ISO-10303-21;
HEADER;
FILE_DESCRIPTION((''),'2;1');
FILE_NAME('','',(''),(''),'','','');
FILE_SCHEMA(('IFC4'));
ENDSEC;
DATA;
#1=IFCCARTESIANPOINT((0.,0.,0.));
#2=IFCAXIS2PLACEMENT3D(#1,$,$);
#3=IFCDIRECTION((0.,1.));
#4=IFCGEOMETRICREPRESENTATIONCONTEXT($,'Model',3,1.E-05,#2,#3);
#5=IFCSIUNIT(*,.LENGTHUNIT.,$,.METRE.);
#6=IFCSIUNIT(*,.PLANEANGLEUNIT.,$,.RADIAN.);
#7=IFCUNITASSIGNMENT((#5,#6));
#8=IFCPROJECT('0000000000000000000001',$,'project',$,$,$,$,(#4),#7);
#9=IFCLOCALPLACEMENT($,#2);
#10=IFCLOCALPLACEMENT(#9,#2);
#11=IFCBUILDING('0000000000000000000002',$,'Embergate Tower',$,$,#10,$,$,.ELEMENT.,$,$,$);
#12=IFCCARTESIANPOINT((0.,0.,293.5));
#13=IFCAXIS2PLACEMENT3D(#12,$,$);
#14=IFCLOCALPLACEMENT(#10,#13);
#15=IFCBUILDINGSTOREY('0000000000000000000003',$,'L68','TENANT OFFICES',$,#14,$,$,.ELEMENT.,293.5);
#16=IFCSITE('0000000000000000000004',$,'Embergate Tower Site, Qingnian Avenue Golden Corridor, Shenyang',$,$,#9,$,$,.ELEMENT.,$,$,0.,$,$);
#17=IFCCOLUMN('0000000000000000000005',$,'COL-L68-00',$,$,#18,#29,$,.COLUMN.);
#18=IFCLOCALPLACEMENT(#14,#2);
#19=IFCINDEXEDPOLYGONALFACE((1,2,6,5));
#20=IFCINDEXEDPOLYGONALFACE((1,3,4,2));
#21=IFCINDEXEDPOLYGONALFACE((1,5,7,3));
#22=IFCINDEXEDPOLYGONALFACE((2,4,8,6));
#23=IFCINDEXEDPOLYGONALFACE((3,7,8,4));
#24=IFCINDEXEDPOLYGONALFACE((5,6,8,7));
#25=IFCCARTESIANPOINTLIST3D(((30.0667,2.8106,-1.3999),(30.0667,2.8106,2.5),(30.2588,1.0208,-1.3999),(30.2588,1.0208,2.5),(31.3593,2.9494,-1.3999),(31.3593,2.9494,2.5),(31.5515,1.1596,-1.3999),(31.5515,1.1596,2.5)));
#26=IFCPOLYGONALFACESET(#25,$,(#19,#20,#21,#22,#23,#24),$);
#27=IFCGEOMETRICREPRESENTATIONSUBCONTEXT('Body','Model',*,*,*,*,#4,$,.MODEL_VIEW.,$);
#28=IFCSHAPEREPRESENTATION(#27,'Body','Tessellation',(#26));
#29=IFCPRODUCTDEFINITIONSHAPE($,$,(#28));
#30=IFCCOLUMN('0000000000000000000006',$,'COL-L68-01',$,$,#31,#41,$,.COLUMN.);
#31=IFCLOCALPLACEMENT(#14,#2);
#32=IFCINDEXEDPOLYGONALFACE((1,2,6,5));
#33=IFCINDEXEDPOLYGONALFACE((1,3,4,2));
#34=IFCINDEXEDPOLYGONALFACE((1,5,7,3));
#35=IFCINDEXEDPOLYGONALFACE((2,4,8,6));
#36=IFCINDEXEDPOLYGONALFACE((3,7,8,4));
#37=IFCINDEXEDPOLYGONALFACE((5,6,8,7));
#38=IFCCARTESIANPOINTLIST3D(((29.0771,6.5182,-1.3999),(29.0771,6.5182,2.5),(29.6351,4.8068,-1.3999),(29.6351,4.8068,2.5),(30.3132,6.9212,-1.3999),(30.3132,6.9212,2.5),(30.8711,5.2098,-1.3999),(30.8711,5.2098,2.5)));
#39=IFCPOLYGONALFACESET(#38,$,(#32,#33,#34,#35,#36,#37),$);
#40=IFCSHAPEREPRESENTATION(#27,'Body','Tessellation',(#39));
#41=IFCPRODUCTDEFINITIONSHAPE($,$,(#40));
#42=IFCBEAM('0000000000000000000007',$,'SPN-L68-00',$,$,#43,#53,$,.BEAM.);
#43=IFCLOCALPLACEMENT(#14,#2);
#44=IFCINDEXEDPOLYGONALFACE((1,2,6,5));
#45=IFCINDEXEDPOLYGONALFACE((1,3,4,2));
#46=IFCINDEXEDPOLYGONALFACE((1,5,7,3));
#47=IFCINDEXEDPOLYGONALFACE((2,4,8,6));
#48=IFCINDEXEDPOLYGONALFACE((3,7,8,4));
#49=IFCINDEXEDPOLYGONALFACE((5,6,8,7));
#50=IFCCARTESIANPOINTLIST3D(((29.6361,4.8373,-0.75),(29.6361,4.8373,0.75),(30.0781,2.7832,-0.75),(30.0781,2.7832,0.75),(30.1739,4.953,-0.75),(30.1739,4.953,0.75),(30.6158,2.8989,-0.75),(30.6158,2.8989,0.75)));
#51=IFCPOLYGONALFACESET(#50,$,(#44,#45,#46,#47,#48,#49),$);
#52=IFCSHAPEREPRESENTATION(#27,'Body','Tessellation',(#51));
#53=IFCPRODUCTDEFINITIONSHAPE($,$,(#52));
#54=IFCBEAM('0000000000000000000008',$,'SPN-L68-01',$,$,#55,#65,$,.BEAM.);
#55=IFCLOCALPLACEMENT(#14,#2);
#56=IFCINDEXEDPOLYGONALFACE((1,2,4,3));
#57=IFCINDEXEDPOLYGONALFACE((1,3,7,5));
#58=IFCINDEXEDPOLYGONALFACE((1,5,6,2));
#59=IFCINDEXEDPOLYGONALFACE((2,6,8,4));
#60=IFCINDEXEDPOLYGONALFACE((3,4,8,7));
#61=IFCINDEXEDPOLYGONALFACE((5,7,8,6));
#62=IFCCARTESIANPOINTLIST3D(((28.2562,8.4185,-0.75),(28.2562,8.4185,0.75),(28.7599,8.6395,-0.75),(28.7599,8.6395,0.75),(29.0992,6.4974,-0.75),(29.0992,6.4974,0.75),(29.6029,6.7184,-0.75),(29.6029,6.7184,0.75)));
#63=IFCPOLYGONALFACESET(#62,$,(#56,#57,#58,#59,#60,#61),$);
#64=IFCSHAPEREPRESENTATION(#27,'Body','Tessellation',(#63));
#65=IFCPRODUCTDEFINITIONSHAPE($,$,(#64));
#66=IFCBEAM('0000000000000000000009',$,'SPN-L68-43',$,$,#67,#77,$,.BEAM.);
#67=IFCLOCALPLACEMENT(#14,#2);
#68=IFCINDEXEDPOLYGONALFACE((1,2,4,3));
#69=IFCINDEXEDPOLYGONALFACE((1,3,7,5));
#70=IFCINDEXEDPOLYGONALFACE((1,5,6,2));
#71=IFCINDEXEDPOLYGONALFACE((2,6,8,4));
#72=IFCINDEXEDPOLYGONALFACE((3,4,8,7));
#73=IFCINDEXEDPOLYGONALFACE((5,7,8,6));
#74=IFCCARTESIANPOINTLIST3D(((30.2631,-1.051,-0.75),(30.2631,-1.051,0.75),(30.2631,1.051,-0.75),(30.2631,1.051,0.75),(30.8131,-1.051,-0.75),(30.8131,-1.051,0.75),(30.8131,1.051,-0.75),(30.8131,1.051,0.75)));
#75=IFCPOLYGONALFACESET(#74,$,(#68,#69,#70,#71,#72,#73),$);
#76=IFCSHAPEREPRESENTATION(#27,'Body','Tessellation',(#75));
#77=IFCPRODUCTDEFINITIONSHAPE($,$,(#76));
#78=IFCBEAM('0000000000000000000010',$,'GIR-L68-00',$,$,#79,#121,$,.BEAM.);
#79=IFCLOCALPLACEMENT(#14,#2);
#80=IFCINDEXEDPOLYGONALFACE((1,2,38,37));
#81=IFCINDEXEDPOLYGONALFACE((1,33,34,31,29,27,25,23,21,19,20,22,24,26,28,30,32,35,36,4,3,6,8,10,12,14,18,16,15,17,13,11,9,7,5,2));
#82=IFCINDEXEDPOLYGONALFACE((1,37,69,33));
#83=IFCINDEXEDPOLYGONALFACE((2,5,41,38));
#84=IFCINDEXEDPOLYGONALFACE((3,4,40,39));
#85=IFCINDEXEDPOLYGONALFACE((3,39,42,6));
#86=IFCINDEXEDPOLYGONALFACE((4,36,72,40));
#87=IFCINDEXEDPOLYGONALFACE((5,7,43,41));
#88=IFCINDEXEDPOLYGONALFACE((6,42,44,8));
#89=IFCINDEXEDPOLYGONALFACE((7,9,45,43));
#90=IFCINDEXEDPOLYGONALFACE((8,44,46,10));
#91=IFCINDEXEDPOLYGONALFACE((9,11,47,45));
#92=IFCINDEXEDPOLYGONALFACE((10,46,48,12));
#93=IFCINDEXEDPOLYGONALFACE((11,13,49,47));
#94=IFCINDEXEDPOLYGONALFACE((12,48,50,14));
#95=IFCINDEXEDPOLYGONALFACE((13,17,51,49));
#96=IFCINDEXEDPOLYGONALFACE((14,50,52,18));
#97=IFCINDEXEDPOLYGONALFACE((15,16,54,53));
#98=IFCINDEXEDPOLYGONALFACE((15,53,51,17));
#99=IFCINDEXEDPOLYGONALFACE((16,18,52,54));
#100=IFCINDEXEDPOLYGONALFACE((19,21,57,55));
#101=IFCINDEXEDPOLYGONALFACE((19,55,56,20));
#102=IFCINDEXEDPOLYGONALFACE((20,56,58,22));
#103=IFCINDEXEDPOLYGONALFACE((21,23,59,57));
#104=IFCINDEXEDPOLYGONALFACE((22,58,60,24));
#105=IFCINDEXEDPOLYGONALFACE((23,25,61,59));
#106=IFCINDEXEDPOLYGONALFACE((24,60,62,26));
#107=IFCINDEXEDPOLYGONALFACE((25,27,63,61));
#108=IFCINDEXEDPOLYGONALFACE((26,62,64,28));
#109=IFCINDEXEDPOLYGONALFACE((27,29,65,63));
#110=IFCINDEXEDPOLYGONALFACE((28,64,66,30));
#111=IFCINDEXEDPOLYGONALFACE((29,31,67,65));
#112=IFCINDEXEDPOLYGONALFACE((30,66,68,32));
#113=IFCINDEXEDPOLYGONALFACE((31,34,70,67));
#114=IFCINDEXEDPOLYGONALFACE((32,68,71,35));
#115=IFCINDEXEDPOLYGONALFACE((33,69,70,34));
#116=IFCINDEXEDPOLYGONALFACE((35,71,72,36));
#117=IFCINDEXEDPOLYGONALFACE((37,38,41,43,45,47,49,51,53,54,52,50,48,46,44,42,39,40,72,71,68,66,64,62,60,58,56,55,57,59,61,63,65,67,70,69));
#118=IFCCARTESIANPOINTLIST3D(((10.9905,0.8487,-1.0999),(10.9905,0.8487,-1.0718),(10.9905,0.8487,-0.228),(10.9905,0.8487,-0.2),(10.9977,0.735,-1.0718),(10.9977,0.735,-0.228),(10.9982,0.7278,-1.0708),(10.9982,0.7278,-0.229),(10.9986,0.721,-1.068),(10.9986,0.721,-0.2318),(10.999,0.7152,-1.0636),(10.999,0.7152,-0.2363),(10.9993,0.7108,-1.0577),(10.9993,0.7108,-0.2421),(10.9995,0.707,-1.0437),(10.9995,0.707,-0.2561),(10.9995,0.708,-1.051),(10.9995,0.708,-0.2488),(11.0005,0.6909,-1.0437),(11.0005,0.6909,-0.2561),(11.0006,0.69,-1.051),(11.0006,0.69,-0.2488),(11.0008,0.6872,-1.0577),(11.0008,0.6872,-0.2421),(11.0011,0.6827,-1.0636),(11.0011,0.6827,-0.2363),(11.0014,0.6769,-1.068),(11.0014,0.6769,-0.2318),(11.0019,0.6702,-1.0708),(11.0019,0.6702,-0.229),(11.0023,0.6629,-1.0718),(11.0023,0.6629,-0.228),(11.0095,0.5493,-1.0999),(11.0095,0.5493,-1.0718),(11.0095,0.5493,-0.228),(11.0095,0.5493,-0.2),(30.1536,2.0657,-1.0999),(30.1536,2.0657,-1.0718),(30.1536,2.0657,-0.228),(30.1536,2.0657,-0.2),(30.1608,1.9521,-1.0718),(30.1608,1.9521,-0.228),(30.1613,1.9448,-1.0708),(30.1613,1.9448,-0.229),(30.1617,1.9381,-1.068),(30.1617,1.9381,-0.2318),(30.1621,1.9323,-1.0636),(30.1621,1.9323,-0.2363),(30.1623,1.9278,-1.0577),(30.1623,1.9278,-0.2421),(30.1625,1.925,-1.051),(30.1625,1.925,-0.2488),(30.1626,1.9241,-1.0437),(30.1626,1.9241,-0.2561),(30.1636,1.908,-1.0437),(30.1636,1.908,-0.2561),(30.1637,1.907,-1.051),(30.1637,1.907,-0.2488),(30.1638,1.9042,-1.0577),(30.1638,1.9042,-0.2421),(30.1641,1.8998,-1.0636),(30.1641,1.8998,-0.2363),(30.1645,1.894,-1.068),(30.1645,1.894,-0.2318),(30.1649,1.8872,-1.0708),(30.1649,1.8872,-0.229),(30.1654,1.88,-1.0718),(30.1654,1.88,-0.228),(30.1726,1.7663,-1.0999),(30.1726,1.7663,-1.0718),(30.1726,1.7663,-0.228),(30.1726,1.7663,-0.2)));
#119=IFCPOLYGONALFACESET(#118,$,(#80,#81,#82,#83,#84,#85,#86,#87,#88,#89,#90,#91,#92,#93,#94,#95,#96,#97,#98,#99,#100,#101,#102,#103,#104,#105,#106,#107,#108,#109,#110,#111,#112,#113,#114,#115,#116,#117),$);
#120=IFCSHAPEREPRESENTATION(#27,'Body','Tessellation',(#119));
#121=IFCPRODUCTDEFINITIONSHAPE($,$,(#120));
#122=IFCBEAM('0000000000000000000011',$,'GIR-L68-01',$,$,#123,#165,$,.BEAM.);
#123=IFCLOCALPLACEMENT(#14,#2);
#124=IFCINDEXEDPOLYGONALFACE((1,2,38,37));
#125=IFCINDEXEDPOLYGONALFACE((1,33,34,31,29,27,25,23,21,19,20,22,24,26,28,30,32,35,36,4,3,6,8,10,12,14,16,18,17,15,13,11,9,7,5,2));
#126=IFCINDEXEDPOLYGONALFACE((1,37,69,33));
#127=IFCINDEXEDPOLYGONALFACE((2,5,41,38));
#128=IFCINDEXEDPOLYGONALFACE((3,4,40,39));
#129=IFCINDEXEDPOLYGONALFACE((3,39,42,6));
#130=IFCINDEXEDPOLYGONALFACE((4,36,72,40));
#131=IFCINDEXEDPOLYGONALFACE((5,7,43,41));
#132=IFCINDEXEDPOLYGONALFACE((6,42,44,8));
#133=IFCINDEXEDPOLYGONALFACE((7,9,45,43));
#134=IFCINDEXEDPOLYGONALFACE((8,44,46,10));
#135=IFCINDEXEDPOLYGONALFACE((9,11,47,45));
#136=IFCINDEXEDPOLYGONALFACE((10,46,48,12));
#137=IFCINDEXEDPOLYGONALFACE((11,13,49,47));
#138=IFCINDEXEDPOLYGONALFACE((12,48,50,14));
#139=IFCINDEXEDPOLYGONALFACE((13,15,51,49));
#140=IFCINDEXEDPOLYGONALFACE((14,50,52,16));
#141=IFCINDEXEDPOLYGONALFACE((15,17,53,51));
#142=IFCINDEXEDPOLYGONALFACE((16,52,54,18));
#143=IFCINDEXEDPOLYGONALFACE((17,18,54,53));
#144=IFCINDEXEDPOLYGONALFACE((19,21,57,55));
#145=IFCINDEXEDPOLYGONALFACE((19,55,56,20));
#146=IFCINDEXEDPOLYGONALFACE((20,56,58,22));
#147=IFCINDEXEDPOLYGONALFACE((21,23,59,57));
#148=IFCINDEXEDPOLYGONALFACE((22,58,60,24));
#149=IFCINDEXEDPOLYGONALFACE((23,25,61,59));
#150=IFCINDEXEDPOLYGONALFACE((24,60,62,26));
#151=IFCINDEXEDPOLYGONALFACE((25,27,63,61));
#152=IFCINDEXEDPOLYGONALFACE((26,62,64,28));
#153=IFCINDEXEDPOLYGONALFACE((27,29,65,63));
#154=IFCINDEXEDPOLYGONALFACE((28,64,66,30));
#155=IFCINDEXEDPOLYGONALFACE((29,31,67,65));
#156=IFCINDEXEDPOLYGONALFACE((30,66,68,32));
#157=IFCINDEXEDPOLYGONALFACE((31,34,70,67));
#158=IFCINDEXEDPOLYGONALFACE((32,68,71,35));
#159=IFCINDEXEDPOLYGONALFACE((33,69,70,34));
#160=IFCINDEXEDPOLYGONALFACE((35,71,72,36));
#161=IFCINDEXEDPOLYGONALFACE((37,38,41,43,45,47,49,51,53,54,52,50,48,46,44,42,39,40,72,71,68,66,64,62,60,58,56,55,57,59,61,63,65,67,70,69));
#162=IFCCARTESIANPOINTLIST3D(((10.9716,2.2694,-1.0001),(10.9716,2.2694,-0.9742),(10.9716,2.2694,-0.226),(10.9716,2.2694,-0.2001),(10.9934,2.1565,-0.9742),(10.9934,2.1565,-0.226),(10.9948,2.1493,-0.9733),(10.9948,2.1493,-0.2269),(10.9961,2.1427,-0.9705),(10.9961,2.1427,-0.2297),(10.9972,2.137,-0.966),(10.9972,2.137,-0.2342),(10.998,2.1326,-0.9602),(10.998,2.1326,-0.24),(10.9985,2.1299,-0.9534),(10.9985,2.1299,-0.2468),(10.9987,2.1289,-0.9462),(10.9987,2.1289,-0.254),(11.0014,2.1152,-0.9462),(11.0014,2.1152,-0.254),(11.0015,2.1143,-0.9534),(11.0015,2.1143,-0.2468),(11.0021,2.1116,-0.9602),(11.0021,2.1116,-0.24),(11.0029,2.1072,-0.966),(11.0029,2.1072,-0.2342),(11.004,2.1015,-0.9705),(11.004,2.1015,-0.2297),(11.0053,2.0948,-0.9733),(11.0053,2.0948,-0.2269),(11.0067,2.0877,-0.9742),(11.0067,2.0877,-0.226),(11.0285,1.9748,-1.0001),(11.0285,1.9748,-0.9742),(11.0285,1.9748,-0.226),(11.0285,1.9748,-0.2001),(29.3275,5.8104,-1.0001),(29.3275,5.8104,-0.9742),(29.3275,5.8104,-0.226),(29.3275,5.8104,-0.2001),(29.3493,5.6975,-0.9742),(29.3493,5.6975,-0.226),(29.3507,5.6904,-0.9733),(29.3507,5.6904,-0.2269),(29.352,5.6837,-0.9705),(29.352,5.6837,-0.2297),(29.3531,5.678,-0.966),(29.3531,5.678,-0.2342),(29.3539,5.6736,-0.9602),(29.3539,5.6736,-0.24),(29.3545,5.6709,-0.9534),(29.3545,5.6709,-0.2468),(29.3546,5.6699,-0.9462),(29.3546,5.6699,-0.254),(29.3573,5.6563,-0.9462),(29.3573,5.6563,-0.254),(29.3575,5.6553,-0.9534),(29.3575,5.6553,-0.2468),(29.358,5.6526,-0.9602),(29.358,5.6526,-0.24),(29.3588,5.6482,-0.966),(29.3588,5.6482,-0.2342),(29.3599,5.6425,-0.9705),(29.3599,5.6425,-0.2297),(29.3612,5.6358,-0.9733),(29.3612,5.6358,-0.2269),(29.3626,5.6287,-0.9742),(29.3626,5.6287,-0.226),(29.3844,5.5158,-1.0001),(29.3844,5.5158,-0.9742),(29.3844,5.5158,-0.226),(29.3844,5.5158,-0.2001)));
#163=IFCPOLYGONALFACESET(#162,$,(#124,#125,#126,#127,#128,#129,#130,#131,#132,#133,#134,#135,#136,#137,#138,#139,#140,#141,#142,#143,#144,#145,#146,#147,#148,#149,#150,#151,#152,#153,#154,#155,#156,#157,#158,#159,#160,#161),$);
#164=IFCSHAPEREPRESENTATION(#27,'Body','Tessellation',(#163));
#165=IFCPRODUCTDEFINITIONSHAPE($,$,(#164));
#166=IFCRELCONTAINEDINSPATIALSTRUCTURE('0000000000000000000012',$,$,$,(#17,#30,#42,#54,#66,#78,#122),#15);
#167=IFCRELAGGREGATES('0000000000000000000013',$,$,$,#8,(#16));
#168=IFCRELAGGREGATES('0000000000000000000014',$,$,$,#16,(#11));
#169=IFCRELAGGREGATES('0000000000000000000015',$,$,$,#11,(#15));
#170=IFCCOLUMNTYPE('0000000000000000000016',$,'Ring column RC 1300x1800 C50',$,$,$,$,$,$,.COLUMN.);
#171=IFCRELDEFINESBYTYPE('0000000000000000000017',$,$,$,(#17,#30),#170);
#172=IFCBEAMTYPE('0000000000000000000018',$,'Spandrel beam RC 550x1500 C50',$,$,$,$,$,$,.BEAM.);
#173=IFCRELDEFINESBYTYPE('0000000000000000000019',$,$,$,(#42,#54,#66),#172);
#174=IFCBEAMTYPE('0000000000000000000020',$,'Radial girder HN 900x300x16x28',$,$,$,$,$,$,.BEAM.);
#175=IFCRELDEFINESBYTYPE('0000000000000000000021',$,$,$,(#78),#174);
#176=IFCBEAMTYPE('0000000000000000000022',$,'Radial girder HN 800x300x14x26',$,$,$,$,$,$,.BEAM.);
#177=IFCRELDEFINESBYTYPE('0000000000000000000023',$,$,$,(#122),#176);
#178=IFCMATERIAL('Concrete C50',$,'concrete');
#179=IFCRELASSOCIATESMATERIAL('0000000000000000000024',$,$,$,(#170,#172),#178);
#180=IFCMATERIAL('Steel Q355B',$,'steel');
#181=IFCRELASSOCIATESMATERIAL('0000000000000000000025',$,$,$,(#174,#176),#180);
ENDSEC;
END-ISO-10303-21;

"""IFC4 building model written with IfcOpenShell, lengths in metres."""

from ifc_helpers import new_model, si_unit, direction, frame, origin, origin_2d, place, context, subcontext, project, spatial, rectangle, i_section, extrude, source, transform, mapped, material, material_profile, profile_set, type_object, element, save


model = new_model("IFC4")

# Units and contexts
model_context = context("Model", 3, precision=1e-05, world=origin(), true_north=direction((0.0, 1.0)))
body_context = subcontext(model_context, "Body", "Model", "MODEL_VIEW")
ifc_project = project(units=[si_unit("LENGTHUNIT", "METRE"), si_unit("PLANEANGLEUNIT", "RADIAN")], contexts=[model_context])

# Site, building, storey
site_placement = place(None, origin())
site = spatial("IfcSite", under=ifc_project, at=site_placement, Name="Embergate Tower Site, Qingnian Avenue Golden Corridor, Shenyang", CompositionType="ELEMENT", RefElevation=0.0)
building_placement = place(site_placement, origin())
building = spatial("IfcBuilding", under=site, at=building_placement, Name="Embergate Tower", CompositionType="ELEMENT")
storey_placement = place(building_placement, frame((0.0, 0.0, 293.5)))
storey = spatial("IfcBuildingStorey", under=building, at=storey_placement, Name="L68", Description="TENANT OFFICES", CompositionType="ELEMENT", Elevation=293.5)

# Columns
ifc_material_1 = material(Name="Concrete C50", Category="concrete")
ifc_material_profile_1 = material_profile(ifc_material_1, rectangle(XDim=1.3, YDim=1.8, at=origin_2d()), Name="RC 1300x1800")
ifc_profile_set_1 = profile_set([ifc_material_profile_1], Name="Concrete C50")
column_type = type_object("IfcColumnType", Name="Ring column RC 1300x1800 C50", PredefinedType="COLUMN", material=ifc_profile_set_1)
shared_shape_1 = source(origin(), body_context, "Body", "SweptSolid", [
    extrude(rectangle(XDim=1.3, YDim=1.8, at=origin_2d()), origin(), (0.0, 0.0, 1.0), 3.8999),
])
for number, where, z_axis, x_axis, name in (
    (1, (30.8091, 1.9851, -1.3999), (0.0, 0.0, 1.0), (0.994286, 0.10675, 0.0), "COL-L68-00"),
    (2, (29.9741, 5.864, -1.3999), (0.0, 0.0, 1.0), (0.950754, 0.309946, 0.0), "COL-L68-01"),
):
    element("IfcColumn", number, at=place(storey_placement, frame(where, z_axis=z_axis, x_axis=x_axis)), inside=storey, type_object=column_type, Name=name, PredefinedType="COLUMN", context=body_context, shape_type="MappedRepresentation", body=[
        mapped(shared_shape_1, transform((0.0, 0.0, 0.0))),
    ])

# Beams
ifc_material_profile_2 = material_profile(ifc_material_1, rectangle(XDim=0.55, YDim=1.5, at=origin_2d()), Name="RC 550x1500")
ifc_profile_set_2 = profile_set([ifc_material_profile_2], Name="Concrete C50")
beam_type_1 = type_object("IfcBeamType", Name="Spandrel beam RC 550x1500 C50", PredefinedType="BEAM", material=ifc_profile_set_2)
shared_shape_2 = source(origin(), body_context, "Body", "SweptSolid", [
    extrude(rectangle(XDim=0.55, YDim=1.5, at=origin_2d()), origin(), (0.0, 0.0, 1.0), 2.1011),
])
beam_1_placement = place(storey_placement, frame((30.3469, 2.8411, 0.0), z_axis=(-0.210331, 0.97763, 0.0), x_axis=(-0.97763, -0.210331, 0.0)))
element("IfcBeam", 3, at=beam_1_placement, inside=storey, type_object=beam_type_1, Name="SPN-L68-00", PredefinedType="BEAM", context=body_context, shape_type="MappedRepresentation", body=[
    mapped(shared_shape_2, transform((0.0, 0.0, 0.0))),
])
shared_shape_3 = source(origin(), body_context, "Body", "SweptSolid", [
    extrude(rectangle(XDim=0.55, YDim=1.5, at=origin_2d()), origin(), (0.0, 0.0, 1.0), 2.0979),
])
beam_2_placement = place(storey_placement, frame((29.3511, 6.6079, 0.0), z_axis=(-0.401826, 0.915716, 0.0), x_axis=(-0.915716, -0.401826, 0.0)))
element("IfcBeam", 4, at=beam_2_placement, inside=storey, type_object=beam_type_1, Name="SPN-L68-01", PredefinedType="BEAM", context=body_context, shape_type="MappedRepresentation", body=[
    mapped(shared_shape_3, transform((0.0, 0.0, 0.0))),
])
shared_shape_4 = source(origin(), body_context, "Body", "SweptSolid", [
    extrude(rectangle(XDim=0.55, YDim=1.5, at=origin_2d()), origin(), (0.0, 0.0, 1.0), 2.1021),
])
beam_3_placement = place(storey_placement, frame((30.5381, -1.051, 0.0), z_axis=(0.0, 1.0, 0.0), x_axis=(-1.0, 0.0, 0.0)))
element("IfcBeam", 5, at=beam_3_placement, inside=storey, type_object=beam_type_1, Name="SPN-L68-43", PredefinedType="BEAM", context=body_context, shape_type="MappedRepresentation", body=[
    mapped(shared_shape_4, transform((0.0, 0.0, 0.0))),
])
ifc_material_2 = material(Name="Steel Q355B", Category="steel")
ifc_material_profile_3 = material_profile(ifc_material_2, i_section(OverallWidth=0.3, OverallDepth=0.8999, WebThickness=0.0161, FlangeThickness=0.0281, FilletRadius=0.0281, at=origin_2d()), Name="HN 900x300x16x28")
ifc_profile_set_3 = profile_set([ifc_material_profile_3], Name="Steel Q355 grade B")
beam_type_2 = type_object("IfcBeamType", Name="Radial girder HN 900x300x16x28", PredefinedType="BEAM", material=ifc_profile_set_3)
shared_shape_5 = source(origin(), body_context, "Body", "SweptSolid", [
    extrude(i_section(OverallWidth=0.3, OverallDepth=0.8999, WebThickness=0.0161, FlangeThickness=0.0281, FilletRadius=0.0281, at=origin_2d()), origin(), (0.0, 0.0, 1.0), 19.2017),
])
beam_4_placement = place(storey_placement, frame((30.1631, 1.916, -0.6499), z_axis=(-0.997989, -0.063382, 0.0), x_axis=(0.063382, -0.997989, 0.0)))
element("IfcBeam", 6, at=beam_4_placement, inside=storey, type_object=beam_type_2, Name="GIR-L68-00", PredefinedType="BEAM", context=body_context, shape_type="MappedRepresentation", body=[
    mapped(shared_shape_5, transform((0.0, 0.0, 0.0))),
])
ifc_material_profile_4 = material_profile(ifc_material_2, i_section(OverallWidth=0.3, OverallDepth=0.8, WebThickness=0.0139, FlangeThickness=0.0259, FilletRadius=0.0281, at=origin_2d()), Name="HN 800x300x14x26")
ifc_profile_set_4 = profile_set([ifc_material_profile_4], Name="Steel Q355 grade B")
beam_type_3 = type_object("IfcBeamType", Name="Radial girder HN 800x300x14x26", PredefinedType="BEAM", material=ifc_profile_set_4)
shared_shape_6 = source(origin(), body_context, "Body", "SweptSolid", [
    extrude(i_section(OverallWidth=0.3, OverallDepth=0.8, WebThickness=0.0139, FlangeThickness=0.0259, FilletRadius=0.0281, at=origin_2d()), origin(), (0.0, 0.0, 1.0), 18.6943),
])
beam_5_placement = place(storey_placement, frame((29.356, 5.6631, -0.6001), z_axis=(-0.981897, -0.189416, 0.0), x_axis=(0.189416, -0.981897, 0.0)))
element("IfcBeam", 7, at=beam_5_placement, inside=storey, type_object=beam_type_3, Name="GIR-L68-01", PredefinedType="BEAM", context=body_context, shape_type="MappedRepresentation", body=[
    mapped(shared_shape_6, transform((0.0, 0.0, 0.0))),
])

save(model, "model.ifc")
